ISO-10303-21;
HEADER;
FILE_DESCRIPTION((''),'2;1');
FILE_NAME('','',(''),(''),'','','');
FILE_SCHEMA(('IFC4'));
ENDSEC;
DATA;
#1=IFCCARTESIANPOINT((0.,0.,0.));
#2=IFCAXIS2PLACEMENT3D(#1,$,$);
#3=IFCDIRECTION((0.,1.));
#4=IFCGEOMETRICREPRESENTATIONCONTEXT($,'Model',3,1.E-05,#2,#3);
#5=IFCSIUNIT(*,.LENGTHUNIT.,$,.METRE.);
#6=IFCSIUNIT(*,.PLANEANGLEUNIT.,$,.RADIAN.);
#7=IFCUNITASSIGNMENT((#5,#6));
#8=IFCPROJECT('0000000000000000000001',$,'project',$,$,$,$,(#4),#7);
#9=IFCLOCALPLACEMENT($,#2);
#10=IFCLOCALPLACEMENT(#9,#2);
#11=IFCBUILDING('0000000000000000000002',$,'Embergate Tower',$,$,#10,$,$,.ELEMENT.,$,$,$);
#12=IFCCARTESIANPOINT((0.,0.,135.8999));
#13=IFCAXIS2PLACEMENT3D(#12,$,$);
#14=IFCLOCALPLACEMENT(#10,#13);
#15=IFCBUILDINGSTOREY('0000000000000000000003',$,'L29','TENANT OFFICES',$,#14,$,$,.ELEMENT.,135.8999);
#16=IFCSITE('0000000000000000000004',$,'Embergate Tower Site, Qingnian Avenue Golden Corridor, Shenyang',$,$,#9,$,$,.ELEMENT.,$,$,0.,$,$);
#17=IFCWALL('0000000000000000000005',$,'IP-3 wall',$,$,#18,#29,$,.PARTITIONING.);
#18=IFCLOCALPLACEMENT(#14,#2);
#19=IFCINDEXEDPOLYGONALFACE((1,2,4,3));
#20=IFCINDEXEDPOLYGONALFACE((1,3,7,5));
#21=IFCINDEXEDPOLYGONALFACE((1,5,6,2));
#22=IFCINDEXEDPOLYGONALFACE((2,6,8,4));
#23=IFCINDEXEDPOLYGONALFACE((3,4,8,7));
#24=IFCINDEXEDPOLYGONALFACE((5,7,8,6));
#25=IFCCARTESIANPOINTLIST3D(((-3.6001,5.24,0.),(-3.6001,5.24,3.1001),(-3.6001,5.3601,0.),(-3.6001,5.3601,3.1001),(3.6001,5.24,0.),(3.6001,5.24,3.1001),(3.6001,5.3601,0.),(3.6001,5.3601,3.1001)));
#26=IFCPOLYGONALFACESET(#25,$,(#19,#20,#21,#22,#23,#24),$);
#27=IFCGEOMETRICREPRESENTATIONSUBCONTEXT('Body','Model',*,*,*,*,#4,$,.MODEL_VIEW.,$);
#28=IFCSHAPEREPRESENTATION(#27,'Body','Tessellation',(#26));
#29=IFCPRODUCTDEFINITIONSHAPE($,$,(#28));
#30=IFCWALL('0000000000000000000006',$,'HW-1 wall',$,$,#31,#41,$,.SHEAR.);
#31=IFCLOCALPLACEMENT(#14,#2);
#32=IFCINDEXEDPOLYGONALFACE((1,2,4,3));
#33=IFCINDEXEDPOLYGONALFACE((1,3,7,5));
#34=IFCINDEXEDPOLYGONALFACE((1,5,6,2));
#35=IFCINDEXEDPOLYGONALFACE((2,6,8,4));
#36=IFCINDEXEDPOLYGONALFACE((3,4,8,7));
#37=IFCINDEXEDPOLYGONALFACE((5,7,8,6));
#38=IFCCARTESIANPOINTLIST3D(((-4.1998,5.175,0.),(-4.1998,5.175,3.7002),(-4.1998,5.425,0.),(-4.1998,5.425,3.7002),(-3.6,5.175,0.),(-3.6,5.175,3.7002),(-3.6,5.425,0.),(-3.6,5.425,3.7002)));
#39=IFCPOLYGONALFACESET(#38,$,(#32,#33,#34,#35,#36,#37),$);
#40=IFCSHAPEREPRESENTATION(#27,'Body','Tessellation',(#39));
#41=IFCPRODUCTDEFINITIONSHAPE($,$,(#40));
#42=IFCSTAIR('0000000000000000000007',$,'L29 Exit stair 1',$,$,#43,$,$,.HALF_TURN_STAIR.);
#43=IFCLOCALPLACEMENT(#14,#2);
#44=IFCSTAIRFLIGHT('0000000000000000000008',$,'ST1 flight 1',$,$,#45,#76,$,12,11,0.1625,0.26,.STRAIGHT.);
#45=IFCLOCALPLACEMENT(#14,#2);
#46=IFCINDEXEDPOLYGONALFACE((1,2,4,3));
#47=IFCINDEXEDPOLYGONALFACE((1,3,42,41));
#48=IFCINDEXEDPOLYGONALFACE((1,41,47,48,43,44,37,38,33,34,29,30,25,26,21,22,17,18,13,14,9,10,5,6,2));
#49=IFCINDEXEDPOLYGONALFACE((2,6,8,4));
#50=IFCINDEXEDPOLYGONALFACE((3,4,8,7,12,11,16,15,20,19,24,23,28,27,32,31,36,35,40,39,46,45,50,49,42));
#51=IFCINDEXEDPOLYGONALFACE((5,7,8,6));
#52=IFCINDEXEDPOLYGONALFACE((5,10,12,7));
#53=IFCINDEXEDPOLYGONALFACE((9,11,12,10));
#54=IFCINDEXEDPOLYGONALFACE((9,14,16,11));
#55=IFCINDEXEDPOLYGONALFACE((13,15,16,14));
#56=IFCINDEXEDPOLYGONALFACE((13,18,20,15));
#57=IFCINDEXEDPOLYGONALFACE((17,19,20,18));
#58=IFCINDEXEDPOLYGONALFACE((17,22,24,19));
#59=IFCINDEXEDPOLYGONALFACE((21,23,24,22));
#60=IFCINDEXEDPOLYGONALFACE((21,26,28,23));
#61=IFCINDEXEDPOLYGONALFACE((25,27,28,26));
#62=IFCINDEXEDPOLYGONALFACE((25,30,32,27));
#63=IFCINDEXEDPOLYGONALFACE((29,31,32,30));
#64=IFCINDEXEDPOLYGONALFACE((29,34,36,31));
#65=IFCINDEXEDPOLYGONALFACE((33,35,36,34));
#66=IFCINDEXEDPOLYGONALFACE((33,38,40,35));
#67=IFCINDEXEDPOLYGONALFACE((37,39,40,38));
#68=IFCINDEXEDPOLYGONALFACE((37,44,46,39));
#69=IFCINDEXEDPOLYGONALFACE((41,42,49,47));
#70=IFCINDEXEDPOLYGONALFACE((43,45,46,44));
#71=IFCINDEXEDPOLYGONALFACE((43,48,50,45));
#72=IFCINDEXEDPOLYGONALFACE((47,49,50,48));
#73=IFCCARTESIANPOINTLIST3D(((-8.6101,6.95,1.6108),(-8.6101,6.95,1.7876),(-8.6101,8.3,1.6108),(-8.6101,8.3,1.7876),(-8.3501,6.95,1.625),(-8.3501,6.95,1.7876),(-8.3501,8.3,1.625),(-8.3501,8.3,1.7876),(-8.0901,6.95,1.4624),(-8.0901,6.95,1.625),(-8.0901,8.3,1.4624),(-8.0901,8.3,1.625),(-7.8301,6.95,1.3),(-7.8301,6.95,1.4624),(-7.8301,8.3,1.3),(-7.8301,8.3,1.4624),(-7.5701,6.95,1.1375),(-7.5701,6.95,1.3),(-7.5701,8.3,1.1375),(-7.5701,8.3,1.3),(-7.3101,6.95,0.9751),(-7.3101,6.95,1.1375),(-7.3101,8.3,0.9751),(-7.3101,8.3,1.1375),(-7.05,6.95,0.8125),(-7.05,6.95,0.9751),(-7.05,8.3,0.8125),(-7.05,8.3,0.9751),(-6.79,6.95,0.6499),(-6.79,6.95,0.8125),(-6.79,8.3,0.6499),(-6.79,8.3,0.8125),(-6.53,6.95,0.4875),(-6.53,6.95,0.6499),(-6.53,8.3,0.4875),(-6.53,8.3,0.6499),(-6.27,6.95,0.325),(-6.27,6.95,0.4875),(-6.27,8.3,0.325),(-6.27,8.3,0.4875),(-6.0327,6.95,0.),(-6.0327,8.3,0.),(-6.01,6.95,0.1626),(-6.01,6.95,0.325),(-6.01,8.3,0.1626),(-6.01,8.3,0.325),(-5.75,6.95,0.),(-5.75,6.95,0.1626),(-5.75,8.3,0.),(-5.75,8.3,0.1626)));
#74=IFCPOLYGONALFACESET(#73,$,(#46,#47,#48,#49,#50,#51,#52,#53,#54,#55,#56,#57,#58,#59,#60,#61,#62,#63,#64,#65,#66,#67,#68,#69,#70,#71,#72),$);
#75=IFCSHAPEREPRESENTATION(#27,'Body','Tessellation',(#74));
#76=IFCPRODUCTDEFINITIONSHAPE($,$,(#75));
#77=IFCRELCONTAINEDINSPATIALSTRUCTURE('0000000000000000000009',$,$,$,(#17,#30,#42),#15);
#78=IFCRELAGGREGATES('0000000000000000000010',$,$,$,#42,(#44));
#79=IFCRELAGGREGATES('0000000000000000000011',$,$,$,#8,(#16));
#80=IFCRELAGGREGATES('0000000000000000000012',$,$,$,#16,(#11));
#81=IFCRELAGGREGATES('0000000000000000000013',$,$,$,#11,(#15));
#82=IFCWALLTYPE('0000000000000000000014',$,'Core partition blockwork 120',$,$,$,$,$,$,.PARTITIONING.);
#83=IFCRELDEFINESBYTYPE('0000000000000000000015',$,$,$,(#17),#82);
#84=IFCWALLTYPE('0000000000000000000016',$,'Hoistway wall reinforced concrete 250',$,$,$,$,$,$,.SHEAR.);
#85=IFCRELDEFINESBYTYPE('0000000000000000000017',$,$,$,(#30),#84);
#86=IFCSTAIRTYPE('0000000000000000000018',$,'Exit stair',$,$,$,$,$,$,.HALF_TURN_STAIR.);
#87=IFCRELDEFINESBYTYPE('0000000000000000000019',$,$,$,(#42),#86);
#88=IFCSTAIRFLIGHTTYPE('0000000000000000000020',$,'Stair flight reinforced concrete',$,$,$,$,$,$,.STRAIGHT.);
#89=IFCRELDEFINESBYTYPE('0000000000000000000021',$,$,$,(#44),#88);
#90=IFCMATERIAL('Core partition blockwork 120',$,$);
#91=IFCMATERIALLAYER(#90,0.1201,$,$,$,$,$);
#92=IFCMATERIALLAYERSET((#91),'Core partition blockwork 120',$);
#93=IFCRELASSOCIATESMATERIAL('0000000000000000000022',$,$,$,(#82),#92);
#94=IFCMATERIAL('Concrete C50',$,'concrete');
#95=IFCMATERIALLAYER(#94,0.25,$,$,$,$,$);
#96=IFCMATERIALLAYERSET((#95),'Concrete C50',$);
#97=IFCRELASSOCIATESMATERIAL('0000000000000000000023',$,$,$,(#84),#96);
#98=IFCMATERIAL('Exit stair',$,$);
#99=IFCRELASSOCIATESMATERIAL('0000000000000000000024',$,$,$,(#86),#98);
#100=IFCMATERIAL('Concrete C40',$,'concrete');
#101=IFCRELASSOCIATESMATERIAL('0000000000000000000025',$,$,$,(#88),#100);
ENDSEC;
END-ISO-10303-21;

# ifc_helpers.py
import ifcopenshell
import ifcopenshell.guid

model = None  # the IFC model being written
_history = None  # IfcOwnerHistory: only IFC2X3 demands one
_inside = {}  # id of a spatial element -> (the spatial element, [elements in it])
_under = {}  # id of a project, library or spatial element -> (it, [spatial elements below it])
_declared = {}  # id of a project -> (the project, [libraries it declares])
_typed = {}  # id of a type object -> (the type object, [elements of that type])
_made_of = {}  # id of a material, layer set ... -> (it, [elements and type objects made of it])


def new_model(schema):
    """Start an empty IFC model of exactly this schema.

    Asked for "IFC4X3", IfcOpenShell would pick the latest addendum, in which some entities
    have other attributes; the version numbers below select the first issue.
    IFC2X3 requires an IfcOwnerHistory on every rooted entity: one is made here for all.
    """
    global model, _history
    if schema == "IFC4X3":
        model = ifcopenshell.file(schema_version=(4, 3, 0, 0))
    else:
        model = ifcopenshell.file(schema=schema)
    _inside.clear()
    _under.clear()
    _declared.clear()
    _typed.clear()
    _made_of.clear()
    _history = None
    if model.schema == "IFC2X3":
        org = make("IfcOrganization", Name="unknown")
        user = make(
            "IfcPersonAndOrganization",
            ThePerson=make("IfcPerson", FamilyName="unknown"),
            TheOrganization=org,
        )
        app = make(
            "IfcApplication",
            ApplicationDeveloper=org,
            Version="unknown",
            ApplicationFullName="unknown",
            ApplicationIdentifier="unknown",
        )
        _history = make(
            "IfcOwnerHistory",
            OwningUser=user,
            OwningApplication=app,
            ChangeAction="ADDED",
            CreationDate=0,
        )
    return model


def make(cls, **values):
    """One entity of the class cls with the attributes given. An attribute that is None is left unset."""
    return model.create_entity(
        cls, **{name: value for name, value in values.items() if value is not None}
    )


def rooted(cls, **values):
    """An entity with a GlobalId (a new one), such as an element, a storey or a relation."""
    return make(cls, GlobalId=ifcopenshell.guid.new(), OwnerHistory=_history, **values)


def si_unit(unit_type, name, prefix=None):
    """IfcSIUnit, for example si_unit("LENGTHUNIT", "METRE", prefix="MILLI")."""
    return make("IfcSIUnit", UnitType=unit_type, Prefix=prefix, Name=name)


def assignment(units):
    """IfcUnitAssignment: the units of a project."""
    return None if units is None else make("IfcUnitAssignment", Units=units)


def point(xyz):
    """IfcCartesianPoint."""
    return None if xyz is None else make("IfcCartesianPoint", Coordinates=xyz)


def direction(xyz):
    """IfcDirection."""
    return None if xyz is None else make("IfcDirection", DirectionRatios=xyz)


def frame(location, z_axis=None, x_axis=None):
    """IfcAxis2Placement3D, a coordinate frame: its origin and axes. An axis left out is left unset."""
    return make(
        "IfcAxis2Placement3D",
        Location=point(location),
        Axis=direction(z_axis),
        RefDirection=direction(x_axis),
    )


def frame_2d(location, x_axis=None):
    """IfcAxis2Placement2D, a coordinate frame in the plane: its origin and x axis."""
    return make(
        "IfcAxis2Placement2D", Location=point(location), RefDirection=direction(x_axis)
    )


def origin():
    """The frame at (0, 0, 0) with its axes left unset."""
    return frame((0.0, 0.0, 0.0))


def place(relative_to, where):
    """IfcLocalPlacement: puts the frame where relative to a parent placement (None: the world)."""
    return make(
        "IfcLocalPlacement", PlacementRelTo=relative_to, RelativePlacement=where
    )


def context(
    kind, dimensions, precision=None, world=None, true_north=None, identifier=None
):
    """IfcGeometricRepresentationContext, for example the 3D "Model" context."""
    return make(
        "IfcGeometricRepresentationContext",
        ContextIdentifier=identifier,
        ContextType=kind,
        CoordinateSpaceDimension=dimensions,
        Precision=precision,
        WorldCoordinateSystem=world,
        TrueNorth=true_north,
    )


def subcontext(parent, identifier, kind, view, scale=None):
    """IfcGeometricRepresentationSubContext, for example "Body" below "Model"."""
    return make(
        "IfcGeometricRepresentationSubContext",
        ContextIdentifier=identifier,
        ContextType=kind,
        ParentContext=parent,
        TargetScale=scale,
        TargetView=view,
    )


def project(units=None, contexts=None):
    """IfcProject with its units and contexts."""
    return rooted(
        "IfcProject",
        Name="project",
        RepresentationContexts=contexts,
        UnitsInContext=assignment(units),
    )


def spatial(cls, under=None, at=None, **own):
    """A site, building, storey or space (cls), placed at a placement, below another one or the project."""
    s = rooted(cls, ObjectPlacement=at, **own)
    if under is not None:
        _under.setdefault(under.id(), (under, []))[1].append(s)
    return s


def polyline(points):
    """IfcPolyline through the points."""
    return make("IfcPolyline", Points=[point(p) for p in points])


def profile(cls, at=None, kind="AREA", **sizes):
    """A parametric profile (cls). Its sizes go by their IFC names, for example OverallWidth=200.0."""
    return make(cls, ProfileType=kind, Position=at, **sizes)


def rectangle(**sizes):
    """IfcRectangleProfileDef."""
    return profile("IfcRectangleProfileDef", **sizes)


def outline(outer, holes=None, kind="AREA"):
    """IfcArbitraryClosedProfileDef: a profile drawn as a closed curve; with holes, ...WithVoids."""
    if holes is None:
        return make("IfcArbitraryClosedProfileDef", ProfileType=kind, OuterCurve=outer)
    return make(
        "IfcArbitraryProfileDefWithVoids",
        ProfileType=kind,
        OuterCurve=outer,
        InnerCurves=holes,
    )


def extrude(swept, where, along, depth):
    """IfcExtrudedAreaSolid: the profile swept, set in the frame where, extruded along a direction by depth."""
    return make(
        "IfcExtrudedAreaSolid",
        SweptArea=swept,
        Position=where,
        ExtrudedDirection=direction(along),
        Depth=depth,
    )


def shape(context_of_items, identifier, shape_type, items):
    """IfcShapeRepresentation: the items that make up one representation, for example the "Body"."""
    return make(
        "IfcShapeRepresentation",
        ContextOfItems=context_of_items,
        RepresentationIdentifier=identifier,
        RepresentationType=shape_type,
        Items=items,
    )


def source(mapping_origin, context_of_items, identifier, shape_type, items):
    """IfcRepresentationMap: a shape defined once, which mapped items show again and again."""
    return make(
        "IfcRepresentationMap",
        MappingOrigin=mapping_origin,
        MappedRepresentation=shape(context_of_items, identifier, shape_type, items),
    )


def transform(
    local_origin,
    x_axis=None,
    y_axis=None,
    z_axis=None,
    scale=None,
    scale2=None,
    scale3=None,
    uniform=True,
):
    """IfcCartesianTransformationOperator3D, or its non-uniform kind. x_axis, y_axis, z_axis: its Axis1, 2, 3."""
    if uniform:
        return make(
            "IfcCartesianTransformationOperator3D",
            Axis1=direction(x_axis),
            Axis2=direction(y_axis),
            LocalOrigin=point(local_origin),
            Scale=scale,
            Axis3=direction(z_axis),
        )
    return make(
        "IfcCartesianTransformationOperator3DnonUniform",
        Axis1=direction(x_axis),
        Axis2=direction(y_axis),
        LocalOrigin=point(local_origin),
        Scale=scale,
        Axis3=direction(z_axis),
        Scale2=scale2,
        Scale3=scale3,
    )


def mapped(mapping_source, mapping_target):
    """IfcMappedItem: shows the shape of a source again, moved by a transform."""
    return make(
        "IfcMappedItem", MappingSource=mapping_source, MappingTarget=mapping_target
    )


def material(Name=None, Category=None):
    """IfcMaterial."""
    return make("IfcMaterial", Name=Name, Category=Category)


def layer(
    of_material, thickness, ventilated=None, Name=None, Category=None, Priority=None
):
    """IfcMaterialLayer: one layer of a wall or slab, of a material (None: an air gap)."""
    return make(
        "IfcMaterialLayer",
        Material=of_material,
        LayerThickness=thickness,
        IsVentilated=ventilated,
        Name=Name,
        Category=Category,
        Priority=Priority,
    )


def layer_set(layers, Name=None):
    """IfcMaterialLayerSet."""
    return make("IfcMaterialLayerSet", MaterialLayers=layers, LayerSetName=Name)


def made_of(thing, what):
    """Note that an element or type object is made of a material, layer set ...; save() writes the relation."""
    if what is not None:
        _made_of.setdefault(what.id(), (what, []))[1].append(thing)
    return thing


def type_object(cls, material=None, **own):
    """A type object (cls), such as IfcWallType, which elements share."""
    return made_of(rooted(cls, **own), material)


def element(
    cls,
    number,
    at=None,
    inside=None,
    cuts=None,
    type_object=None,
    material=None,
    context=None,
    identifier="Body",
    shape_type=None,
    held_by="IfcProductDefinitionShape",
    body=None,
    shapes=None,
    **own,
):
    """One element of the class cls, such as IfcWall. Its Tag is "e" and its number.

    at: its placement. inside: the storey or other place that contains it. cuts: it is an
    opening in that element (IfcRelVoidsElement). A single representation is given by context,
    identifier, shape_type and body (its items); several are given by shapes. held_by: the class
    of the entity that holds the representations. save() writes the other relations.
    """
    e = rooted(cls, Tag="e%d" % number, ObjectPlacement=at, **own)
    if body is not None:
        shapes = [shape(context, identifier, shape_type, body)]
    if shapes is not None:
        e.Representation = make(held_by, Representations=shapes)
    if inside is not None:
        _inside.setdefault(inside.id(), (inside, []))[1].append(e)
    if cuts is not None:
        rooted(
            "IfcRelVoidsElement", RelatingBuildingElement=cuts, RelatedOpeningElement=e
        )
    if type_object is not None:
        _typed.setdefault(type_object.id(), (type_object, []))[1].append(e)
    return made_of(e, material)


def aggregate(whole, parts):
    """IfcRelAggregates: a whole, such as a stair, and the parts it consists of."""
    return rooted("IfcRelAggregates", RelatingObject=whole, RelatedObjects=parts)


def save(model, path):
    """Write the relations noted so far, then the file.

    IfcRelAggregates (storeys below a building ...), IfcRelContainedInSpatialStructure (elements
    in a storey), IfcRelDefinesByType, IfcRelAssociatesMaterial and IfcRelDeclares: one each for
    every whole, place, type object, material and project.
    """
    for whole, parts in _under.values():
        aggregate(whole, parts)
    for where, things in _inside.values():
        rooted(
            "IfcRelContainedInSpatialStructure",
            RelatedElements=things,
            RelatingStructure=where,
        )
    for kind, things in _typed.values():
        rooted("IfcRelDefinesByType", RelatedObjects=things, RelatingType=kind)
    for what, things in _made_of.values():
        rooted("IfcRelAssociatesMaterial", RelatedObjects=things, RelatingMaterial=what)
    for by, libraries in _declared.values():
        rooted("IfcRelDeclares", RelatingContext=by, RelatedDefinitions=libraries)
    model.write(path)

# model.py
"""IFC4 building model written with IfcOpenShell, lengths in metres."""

from ifc_helpers import new_model, si_unit, direction, frame, frame_2d, origin, place, context, subcontext, project, spatial, polyline, rectangle, outline, extrude, source, transform, mapped, material, layer, layer_set, type_object, element, aggregate, save


model = new_model("IFC4")

# Units and contexts
model_context = context("Model", 3, precision=1e-05, world=origin(), true_north=direction((0.0, 1.0)))
body_context = subcontext(model_context, "Body", "Model", "MODEL_VIEW")
ifc_project = project(units=[si_unit("LENGTHUNIT", "METRE"), si_unit("PLANEANGLEUNIT", "RADIAN")], contexts=[model_context])

# Site, building, storey
site_placement = place(None, origin())
site = spatial("IfcSite", under=ifc_project, at=site_placement, Name="Embergate Tower Site, Qingnian Avenue Golden Corridor, Shenyang", CompositionType="ELEMENT", RefElevation=0.0)
building_placement = place(site_placement, origin())
building = spatial("IfcBuilding", under=site, at=building_placement, Name="Embergate Tower", CompositionType="ELEMENT")
storey_placement = place(building_placement, frame((0.0, 0.0, 135.8999)))
storey = spatial("IfcBuildingStorey", under=building, at=storey_placement, Name="L29", Description="TENANT OFFICES", CompositionType="ELEMENT", Elevation=135.8999)

# Shared definitions
ifc_material_1 = material(Name="Core partition blockwork 120")
ifc_layer_1 = layer(ifc_material_1, 0.1201)
ifc_layer_set_1 = layer_set([ifc_layer_1], Name="Core partition blockwork 120")
wall_type_1 = type_object("IfcWallType", Name="Core partition blockwork 120", PredefinedType="PARTITIONING", material=ifc_layer_set_1)

# Shared definitions
ifc_material_2 = material(Name="Concrete C50", Category="concrete")
ifc_layer_2 = layer(ifc_material_2, 0.25)
ifc_layer_set_2 = layer_set([ifc_layer_2], Name="Concrete C50")
wall_type_2 = type_object("IfcWallType", Name="Hoistway wall reinforced concrete 250", PredefinedType="SHEAR", material=ifc_layer_set_2)

# Walls
shared_shape_1 = source(origin(), body_context, "Body", "SweptSolid", [
    extrude(rectangle(XDim=7.2002, YDim=0.1201, at=frame_2d((3.6001, 0.0))), origin(), (0.0, 0.0, 1.0), 3.1001),
])
wall_1_placement = place(storey_placement, frame((-3.6001, 5.3, 0.0), z_axis=(0.0, 0.0, 1.0), x_axis=(1.0, 0.0, 0.0)))
element("IfcWall", 1, at=wall_1_placement, inside=storey, type_object=wall_type_1, Name="IP-3 wall", PredefinedType="PARTITIONING", context=body_context, shape_type="MappedRepresentation", body=[
    mapped(shared_shape_1, transform((0.0, 0.0, 0.0))),
])
shared_shape_2 = source(origin(), body_context, "Body", "SweptSolid", [
    extrude(rectangle(XDim=0.5999, YDim=0.25, at=frame_2d((0.2998, 0.0))), origin(), (0.0, 0.0, 1.0), 3.7002),
])
wall_2_placement = place(storey_placement, frame((-3.6001, 5.3, 0.0), z_axis=(0.0, 0.0, 1.0), x_axis=(-1.0, 0.0, 0.0)))
element("IfcWall", 2, at=wall_2_placement, inside=storey, type_object=wall_type_2, Name="HW-1 wall", PredefinedType="SHEAR", context=body_context, shape_type="MappedRepresentation", body=[
    mapped(shared_shape_2, transform((0.0, 0.0, 0.0))),
])

# Stair, stair flight
ifc_material_3 = material(Name="Exit stair")
stair_type = type_object("IfcStairType", Name="Exit stair", PredefinedType="HALF_TURN_STAIR", material=ifc_material_3)
stair_placement = place(storey_placement, origin())
stair = element("IfcStair", 3, at=stair_placement, inside=storey, type_object=stair_type, Name="L29 Exit stair 1", PredefinedType="HALF_TURN_STAIR")
ifc_material_4 = material(Name="Concrete C40", Category="concrete")
stair_flight_type = type_object("IfcStairFlightType", Name="Stair flight reinforced concrete", PredefinedType="STRAIGHT", material=ifc_material_4)
shared_shape_3 = source(origin(), body_context, "Body", "SweptSolid", [
    extrude(outline(polyline([(0.0, 0.0), (0.0, 0.1626), (0.26, 0.1626), (0.26, 0.325), (0.52, 0.325), (0.52, 0.4875), (0.78, 0.4875), (0.78, 0.6499), (1.04, 0.6499), (1.04, 0.8125), (1.3, 0.8125), (1.3, 0.9751), (1.5601, 0.9751), (1.5601, 1.1375), (1.8201, 1.1375), (1.8201, 1.3), (2.0801, 1.3), (2.0801, 1.4624), (2.3401, 1.4624), (2.3401, 1.625), (2.6001, 1.625), (2.6001, 1.7876), (2.8601, 1.7876), (2.8601, 1.95), (2.8601, 1.6108), (0.2827, 0.0), (0.0, 0.0)])), frame((0.0, 0.675, 0.0), z_axis=(0.0, -1.0, 0.0), x_axis=(1.0, 0.0, 0.0)), (0.0, 0.0, 1.0), 1.3501),
])
stair_flight_placement = place(storey_placement, frame((-5.75, 7.625, 0.0), z_axis=(0.0, 0.0, 1.0), x_axis=(-1.0, 0.0, 0.0)))
stair_flight = element("IfcStairFlight", 4, at=stair_flight_placement, type_object=stair_flight_type, Name="ST1 flight 1", NumberOfRisers=12, NumberOfTreads=11, PredefinedType="STRAIGHT", RiserHeight=0.1625, TreadLength=0.26, context=body_context, shape_type="MappedRepresentation", body=[
    mapped(shared_shape_3, transform((0.0, 0.0, 0.0))),
])
aggregate(stair, [stair_flight])

save(model, "model.ifc")
